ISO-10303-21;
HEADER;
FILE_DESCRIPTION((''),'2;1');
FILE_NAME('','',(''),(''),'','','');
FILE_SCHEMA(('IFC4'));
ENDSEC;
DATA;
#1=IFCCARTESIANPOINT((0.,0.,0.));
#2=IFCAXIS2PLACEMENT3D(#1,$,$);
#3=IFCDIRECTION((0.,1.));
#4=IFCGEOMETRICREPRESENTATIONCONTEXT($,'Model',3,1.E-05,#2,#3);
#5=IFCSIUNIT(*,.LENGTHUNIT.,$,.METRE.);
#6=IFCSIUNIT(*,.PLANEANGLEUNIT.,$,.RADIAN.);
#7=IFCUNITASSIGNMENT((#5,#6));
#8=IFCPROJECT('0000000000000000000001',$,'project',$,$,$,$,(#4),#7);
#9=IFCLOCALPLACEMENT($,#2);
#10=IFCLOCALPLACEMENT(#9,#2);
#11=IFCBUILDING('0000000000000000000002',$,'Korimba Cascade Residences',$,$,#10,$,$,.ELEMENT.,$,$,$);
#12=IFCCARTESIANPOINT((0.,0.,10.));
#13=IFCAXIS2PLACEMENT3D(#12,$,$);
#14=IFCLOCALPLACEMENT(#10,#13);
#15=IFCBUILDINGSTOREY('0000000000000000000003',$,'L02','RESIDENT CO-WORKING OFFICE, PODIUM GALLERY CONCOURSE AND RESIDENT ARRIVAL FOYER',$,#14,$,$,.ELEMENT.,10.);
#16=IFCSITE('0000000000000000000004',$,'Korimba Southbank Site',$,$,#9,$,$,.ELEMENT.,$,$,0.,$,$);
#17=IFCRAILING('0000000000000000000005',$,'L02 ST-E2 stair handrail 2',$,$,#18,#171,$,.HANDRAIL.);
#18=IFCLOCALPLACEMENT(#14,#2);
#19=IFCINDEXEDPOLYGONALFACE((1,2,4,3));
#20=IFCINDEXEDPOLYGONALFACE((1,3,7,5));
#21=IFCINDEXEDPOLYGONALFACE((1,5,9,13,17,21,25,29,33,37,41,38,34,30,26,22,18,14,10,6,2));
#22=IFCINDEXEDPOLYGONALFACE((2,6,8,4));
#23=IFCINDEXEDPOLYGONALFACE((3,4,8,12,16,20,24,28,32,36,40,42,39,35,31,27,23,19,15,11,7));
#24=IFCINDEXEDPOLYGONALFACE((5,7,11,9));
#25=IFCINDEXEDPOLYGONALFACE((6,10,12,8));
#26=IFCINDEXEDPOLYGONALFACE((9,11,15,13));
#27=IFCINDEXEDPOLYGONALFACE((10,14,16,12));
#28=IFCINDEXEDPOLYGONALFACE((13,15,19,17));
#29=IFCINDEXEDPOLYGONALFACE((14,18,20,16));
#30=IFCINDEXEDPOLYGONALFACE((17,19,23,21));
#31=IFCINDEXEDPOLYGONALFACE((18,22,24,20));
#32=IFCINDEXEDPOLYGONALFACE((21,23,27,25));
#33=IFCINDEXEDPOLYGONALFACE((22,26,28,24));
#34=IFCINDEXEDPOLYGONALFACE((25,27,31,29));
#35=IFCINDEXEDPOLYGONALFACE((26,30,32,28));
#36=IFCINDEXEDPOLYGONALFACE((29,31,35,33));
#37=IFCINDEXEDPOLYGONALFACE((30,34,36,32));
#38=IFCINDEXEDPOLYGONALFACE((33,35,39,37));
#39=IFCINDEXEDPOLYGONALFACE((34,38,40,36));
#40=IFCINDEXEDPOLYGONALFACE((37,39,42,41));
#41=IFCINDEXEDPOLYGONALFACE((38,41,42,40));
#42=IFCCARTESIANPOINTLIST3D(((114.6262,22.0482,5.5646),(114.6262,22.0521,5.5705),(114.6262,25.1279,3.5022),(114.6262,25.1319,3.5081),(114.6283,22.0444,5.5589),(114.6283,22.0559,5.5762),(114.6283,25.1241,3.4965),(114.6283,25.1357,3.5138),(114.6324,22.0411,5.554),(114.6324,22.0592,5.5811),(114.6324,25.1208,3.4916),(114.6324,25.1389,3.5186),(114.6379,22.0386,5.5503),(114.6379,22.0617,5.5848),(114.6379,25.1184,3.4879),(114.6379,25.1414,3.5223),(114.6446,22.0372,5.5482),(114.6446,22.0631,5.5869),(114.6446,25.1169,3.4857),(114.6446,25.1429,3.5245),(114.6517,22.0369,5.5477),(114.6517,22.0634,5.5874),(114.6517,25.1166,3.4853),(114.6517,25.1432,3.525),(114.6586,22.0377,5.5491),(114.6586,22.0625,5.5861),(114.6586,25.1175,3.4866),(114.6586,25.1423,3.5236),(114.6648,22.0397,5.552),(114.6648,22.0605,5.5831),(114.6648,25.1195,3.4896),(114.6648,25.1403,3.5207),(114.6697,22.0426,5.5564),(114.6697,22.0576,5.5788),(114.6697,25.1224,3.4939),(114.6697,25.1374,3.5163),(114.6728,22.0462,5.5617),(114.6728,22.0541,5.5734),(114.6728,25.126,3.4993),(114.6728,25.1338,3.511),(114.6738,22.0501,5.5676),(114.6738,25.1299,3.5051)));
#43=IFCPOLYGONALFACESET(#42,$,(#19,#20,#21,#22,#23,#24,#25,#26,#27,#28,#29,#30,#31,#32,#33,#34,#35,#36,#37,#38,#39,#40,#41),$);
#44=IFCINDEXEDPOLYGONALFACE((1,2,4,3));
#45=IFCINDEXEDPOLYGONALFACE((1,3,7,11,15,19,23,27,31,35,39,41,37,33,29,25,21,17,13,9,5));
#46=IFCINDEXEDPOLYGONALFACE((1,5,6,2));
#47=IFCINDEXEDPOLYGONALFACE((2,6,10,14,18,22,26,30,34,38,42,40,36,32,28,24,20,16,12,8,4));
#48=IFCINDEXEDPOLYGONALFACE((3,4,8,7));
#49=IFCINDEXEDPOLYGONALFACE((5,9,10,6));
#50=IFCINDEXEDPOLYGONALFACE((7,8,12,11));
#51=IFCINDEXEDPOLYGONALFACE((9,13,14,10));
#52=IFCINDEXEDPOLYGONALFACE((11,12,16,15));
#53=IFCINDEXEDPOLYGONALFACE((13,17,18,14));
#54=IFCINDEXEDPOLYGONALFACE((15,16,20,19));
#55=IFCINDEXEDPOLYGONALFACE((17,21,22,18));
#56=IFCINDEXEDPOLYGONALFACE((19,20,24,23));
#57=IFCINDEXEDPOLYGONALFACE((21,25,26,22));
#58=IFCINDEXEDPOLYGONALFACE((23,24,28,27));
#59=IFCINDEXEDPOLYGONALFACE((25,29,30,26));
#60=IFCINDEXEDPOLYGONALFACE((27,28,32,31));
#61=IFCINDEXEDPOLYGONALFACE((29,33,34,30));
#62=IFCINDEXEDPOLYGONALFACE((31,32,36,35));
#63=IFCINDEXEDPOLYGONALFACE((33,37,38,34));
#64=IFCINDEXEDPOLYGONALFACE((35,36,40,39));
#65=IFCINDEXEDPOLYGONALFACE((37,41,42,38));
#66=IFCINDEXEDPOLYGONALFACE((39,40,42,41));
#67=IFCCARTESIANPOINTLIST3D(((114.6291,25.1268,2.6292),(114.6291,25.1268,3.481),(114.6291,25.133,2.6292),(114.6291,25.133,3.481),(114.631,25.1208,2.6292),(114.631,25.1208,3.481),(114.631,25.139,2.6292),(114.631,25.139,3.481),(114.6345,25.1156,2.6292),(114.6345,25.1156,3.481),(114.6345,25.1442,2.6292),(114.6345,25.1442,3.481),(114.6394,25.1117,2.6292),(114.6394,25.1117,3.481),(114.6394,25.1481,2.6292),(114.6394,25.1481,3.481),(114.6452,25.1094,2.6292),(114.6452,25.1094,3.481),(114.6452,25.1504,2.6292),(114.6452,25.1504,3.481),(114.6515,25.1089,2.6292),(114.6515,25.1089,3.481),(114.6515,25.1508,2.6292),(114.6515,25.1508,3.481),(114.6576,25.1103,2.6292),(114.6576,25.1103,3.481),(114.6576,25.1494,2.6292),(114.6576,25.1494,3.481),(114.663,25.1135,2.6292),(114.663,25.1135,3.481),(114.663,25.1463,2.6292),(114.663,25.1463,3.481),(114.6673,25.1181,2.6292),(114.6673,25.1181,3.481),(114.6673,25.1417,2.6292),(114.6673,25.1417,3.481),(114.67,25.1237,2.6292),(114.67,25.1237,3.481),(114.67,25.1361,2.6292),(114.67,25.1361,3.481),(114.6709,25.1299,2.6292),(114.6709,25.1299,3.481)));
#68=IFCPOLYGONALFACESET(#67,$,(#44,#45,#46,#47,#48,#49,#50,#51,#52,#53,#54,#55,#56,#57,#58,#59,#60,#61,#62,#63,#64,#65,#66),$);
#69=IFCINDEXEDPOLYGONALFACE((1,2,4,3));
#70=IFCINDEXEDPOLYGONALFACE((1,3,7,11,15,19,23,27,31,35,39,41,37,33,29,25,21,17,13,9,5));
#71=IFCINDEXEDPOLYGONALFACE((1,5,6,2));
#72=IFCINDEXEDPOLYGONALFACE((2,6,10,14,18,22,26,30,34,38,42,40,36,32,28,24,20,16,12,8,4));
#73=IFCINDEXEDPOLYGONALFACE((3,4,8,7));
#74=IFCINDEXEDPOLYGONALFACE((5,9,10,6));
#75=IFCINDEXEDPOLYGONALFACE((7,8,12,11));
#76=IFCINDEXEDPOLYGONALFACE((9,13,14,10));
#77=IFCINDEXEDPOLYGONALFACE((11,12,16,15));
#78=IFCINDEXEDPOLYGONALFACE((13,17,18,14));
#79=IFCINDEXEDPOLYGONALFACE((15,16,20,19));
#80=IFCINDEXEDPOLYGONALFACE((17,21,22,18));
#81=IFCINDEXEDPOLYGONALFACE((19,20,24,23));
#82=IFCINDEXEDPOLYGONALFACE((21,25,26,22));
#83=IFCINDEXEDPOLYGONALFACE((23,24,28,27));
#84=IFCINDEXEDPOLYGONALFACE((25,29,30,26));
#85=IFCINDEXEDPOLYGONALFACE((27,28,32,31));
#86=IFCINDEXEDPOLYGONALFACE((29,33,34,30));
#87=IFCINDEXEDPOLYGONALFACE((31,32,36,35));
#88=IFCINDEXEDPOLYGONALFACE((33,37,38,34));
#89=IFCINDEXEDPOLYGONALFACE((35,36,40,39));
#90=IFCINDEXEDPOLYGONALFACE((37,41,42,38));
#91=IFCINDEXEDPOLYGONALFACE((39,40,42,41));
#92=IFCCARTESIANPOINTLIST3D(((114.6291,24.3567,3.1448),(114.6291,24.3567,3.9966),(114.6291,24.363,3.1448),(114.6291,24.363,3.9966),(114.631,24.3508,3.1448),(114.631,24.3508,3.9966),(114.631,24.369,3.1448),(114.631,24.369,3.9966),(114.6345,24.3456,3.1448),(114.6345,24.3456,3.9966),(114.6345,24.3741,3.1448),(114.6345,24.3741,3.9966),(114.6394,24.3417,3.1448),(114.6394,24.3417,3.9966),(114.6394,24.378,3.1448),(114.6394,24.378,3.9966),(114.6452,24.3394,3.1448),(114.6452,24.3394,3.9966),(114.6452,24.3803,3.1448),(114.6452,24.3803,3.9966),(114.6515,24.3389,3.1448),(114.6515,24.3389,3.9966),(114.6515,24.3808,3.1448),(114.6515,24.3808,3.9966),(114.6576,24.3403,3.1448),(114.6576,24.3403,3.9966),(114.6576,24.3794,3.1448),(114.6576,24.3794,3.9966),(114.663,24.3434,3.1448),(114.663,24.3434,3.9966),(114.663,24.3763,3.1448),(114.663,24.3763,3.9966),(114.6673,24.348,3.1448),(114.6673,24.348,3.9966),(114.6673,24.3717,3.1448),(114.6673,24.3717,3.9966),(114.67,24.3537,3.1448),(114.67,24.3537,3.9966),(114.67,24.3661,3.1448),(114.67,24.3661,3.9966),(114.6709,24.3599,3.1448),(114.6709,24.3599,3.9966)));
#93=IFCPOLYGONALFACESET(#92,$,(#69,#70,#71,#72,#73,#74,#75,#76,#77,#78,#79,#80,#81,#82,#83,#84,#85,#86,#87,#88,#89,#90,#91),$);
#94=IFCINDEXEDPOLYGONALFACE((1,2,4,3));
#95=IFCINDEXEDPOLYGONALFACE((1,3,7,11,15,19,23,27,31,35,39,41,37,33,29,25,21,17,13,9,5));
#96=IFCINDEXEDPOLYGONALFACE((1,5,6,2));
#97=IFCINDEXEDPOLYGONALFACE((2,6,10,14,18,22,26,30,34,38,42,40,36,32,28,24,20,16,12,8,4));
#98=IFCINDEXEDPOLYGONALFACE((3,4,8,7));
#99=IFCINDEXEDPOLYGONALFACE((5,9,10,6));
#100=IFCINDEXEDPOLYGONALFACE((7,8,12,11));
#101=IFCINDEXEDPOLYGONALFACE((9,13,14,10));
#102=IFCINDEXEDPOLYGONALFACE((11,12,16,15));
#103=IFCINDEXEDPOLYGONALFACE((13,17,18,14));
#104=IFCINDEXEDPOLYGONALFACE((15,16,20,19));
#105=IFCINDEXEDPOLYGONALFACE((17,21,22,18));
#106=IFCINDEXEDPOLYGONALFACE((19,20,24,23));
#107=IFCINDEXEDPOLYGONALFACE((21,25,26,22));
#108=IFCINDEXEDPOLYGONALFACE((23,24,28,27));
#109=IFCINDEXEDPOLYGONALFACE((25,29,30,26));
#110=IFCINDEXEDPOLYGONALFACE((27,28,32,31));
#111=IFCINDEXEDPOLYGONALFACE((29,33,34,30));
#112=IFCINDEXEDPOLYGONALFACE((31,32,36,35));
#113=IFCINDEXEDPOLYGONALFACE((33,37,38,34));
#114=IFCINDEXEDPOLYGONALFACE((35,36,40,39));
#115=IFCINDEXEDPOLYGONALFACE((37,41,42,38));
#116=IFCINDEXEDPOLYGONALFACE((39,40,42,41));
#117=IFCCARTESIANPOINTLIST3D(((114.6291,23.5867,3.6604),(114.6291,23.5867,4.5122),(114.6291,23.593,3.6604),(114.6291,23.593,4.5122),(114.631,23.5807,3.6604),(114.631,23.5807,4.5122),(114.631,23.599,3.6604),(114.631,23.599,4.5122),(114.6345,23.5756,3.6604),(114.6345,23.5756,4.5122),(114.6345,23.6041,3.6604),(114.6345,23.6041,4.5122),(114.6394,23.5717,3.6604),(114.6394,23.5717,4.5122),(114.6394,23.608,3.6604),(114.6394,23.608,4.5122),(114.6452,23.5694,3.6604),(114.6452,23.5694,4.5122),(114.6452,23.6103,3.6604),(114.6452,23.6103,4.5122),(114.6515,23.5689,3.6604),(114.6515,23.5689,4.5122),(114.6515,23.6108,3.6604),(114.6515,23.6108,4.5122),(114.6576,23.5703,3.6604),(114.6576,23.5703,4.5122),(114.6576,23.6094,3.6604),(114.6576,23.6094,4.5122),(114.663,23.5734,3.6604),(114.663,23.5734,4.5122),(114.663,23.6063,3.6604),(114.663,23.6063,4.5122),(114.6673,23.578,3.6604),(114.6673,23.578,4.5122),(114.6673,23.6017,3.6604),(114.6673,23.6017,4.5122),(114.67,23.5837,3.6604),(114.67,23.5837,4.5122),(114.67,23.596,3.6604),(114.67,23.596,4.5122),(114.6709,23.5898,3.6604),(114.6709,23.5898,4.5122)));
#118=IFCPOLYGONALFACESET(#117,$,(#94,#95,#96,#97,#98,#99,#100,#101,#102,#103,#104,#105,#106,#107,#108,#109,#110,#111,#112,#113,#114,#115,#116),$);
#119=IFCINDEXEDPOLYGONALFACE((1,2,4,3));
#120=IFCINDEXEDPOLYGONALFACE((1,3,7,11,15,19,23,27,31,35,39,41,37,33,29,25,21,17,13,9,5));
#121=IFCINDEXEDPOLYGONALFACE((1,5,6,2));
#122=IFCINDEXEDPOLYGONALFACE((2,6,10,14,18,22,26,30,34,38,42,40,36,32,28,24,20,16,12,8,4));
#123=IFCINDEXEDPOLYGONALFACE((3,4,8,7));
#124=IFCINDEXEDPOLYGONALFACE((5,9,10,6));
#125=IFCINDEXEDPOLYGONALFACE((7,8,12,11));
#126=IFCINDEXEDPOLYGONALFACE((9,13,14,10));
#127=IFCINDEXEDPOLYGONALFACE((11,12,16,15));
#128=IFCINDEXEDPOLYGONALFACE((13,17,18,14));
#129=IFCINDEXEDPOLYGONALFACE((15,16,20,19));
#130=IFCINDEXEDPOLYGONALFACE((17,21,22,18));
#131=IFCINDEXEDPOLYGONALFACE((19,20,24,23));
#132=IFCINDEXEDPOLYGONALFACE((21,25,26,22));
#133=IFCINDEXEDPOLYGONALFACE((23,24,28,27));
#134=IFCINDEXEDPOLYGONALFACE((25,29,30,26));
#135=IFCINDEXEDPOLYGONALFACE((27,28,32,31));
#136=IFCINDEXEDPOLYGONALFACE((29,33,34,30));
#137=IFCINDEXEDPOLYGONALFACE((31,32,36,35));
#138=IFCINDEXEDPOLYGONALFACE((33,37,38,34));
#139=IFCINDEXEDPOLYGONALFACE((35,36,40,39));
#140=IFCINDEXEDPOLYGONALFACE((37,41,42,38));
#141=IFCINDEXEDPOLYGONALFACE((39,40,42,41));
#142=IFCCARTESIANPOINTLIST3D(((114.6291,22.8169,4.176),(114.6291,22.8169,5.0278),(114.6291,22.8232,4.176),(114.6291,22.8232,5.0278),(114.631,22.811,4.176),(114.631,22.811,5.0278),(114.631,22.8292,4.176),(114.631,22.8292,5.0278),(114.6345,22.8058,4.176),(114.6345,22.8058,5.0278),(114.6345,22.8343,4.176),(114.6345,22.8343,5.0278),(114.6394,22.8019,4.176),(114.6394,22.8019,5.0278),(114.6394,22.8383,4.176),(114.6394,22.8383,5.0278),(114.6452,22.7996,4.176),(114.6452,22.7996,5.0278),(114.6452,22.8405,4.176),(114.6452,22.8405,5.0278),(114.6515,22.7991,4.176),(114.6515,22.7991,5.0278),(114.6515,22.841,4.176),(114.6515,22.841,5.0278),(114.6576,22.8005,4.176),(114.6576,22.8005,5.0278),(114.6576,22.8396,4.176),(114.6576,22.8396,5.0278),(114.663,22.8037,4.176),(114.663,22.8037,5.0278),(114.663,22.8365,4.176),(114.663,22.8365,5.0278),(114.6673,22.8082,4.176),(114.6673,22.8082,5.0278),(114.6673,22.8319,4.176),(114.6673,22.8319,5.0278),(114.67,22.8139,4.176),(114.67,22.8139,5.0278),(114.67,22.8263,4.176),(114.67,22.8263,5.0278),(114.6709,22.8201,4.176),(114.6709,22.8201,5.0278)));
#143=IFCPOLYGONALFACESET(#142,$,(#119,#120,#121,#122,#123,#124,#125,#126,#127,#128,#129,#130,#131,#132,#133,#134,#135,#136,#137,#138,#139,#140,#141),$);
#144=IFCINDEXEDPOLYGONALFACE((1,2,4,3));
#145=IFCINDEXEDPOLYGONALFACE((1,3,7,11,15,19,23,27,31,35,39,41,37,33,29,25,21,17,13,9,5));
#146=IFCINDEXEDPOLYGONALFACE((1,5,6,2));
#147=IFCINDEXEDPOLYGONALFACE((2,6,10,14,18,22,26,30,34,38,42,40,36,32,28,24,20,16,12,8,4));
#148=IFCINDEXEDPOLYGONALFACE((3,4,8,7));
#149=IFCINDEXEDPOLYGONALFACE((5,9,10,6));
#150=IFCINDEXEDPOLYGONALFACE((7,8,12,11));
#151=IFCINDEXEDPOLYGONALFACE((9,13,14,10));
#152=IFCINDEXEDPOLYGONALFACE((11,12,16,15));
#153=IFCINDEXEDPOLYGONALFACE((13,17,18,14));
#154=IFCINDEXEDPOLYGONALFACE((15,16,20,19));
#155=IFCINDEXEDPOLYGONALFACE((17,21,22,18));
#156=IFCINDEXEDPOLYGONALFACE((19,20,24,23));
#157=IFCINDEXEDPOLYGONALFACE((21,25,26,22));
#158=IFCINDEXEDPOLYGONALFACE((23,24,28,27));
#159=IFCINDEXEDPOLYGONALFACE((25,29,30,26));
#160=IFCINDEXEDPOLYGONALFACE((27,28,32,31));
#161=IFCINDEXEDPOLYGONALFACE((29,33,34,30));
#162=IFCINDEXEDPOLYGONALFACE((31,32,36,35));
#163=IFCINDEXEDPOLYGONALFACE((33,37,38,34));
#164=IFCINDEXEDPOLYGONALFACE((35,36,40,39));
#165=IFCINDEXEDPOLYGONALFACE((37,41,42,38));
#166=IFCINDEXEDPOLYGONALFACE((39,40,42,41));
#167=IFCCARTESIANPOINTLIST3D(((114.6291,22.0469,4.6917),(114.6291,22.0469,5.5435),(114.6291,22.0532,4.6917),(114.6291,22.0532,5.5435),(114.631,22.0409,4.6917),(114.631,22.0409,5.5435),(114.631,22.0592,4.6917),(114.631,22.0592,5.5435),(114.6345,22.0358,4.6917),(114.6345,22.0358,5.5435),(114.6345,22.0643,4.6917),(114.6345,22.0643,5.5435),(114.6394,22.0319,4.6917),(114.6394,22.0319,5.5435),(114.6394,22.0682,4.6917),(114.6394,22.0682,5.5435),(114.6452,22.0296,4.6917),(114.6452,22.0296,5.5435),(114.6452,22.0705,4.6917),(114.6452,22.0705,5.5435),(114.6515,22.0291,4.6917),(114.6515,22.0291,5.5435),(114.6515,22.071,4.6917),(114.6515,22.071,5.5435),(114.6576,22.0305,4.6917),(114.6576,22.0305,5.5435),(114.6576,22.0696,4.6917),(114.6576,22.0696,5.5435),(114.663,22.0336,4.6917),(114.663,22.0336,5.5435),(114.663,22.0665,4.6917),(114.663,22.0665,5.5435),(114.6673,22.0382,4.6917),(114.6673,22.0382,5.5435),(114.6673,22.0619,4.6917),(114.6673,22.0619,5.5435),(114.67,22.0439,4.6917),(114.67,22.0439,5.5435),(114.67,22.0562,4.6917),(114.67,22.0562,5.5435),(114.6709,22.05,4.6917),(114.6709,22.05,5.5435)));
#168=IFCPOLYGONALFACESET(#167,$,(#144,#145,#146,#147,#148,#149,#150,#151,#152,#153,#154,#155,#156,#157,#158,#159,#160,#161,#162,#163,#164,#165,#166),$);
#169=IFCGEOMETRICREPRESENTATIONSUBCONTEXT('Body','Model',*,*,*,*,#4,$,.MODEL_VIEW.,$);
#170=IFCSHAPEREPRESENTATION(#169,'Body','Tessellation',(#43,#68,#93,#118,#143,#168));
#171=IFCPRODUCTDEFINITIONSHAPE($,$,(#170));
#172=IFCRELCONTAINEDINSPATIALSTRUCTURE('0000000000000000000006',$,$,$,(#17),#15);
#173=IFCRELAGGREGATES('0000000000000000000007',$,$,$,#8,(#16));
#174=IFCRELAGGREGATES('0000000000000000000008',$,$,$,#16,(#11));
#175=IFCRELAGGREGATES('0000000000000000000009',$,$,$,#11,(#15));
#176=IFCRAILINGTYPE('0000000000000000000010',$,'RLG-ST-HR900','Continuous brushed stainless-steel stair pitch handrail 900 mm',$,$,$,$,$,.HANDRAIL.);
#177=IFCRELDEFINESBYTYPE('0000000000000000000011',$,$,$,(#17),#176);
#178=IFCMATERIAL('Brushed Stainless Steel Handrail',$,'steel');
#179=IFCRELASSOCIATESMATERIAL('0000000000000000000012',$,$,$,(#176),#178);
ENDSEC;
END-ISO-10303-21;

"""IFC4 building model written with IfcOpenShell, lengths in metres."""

from ifc_helpers import new_model, si_unit, direction, frame, origin, origin_2d, place, context, subcontext, project, spatial, circle, extrude, material, type_object, element, save


model = new_model("IFC4")

# Units and contexts
model_context = context("Model", 3, precision=1e-05, world=origin(), true_north=direction((0.0, 1.0)))
body_context = subcontext(model_context, "Body", "Model", "MODEL_VIEW")
ifc_project = project(units=[si_unit("LENGTHUNIT", "METRE"), si_unit("PLANEANGLEUNIT", "RADIAN")], contexts=[model_context])

# Site, building, storey
site_placement = place(None, origin())
site = spatial("IfcSite", under=ifc_project, at=site_placement, Name="Korimba Southbank Site", CompositionType="ELEMENT", RefElevation=0.0)
building_placement = place(site_placement, origin())
building = spatial("IfcBuilding", under=site, at=building_placement, Name="Korimba Cascade Residences", CompositionType="ELEMENT")
storey_placement = place(building_placement, frame((0.0, 0.0, 10.0)))
storey = spatial("IfcBuildingStorey", under=building, at=storey_placement, Name="L02", Description="RESIDENT CO-WORKING OFFICE, PODIUM GALLERY CONCOURSE AND RESIDENT ARRIVAL FOYER", CompositionType="ELEMENT", Elevation=10.0)

# Railing
ifc_material_1 = material(Name="Brushed Stainless Steel Handrail", Category="steel")
railing_type_1 = type_object("IfcRailingType", Name="RLG-ST-HR900", Description="Continuous brushed stainless-steel stair pitch handrail 900 mm", PredefinedType="HANDRAIL", material=ifc_material_1)
railing_1_placement = place(storey_placement, frame((114.6499, 25.1299, 2.6292)))
element("IfcRailing", 1, at=railing_1_placement, inside=storey, type_object=railing_type_1, Name="L02 ST-E2 stair handrail 2", PredefinedType="HANDRAIL", context=body_context, shape_type="SweptSolid", body=[
    extrude(circle(Radius=0.0239, at=origin_2d()), frame((0.0, 0.0, 0.876), z_axis=(0.0, -0.830893, 0.556432), x_axis=(1.0, 0.0, 0.0)), (0.0, 0.0, 1.0), 3.7065),
    extrude(circle(Radius=0.021, at=origin_2d()), origin(), (0.0, 0.0, 1.0), 0.8518),
    extrude(circle(Radius=0.021, at=origin_2d()), frame((0.0, -0.77, 0.5156)), (0.0, 0.0, 1.0), 0.8518),
    extrude(circle(Radius=0.021, at=origin_2d()), frame((0.0, -1.54, 1.0312)), (0.0, 0.0, 1.0), 0.8518),
    extrude(circle(Radius=0.021, at=origin_2d()), frame((0.0, -2.3098, 1.5469)), (0.0, 0.0, 1.0), 0.8518),
    extrude(circle(Radius=0.021, at=origin_2d()), frame((0.0, -3.0798, 2.0625)), (0.0, 0.0, 1.0), 0.8518),
])

save(model, "model.ifc")
